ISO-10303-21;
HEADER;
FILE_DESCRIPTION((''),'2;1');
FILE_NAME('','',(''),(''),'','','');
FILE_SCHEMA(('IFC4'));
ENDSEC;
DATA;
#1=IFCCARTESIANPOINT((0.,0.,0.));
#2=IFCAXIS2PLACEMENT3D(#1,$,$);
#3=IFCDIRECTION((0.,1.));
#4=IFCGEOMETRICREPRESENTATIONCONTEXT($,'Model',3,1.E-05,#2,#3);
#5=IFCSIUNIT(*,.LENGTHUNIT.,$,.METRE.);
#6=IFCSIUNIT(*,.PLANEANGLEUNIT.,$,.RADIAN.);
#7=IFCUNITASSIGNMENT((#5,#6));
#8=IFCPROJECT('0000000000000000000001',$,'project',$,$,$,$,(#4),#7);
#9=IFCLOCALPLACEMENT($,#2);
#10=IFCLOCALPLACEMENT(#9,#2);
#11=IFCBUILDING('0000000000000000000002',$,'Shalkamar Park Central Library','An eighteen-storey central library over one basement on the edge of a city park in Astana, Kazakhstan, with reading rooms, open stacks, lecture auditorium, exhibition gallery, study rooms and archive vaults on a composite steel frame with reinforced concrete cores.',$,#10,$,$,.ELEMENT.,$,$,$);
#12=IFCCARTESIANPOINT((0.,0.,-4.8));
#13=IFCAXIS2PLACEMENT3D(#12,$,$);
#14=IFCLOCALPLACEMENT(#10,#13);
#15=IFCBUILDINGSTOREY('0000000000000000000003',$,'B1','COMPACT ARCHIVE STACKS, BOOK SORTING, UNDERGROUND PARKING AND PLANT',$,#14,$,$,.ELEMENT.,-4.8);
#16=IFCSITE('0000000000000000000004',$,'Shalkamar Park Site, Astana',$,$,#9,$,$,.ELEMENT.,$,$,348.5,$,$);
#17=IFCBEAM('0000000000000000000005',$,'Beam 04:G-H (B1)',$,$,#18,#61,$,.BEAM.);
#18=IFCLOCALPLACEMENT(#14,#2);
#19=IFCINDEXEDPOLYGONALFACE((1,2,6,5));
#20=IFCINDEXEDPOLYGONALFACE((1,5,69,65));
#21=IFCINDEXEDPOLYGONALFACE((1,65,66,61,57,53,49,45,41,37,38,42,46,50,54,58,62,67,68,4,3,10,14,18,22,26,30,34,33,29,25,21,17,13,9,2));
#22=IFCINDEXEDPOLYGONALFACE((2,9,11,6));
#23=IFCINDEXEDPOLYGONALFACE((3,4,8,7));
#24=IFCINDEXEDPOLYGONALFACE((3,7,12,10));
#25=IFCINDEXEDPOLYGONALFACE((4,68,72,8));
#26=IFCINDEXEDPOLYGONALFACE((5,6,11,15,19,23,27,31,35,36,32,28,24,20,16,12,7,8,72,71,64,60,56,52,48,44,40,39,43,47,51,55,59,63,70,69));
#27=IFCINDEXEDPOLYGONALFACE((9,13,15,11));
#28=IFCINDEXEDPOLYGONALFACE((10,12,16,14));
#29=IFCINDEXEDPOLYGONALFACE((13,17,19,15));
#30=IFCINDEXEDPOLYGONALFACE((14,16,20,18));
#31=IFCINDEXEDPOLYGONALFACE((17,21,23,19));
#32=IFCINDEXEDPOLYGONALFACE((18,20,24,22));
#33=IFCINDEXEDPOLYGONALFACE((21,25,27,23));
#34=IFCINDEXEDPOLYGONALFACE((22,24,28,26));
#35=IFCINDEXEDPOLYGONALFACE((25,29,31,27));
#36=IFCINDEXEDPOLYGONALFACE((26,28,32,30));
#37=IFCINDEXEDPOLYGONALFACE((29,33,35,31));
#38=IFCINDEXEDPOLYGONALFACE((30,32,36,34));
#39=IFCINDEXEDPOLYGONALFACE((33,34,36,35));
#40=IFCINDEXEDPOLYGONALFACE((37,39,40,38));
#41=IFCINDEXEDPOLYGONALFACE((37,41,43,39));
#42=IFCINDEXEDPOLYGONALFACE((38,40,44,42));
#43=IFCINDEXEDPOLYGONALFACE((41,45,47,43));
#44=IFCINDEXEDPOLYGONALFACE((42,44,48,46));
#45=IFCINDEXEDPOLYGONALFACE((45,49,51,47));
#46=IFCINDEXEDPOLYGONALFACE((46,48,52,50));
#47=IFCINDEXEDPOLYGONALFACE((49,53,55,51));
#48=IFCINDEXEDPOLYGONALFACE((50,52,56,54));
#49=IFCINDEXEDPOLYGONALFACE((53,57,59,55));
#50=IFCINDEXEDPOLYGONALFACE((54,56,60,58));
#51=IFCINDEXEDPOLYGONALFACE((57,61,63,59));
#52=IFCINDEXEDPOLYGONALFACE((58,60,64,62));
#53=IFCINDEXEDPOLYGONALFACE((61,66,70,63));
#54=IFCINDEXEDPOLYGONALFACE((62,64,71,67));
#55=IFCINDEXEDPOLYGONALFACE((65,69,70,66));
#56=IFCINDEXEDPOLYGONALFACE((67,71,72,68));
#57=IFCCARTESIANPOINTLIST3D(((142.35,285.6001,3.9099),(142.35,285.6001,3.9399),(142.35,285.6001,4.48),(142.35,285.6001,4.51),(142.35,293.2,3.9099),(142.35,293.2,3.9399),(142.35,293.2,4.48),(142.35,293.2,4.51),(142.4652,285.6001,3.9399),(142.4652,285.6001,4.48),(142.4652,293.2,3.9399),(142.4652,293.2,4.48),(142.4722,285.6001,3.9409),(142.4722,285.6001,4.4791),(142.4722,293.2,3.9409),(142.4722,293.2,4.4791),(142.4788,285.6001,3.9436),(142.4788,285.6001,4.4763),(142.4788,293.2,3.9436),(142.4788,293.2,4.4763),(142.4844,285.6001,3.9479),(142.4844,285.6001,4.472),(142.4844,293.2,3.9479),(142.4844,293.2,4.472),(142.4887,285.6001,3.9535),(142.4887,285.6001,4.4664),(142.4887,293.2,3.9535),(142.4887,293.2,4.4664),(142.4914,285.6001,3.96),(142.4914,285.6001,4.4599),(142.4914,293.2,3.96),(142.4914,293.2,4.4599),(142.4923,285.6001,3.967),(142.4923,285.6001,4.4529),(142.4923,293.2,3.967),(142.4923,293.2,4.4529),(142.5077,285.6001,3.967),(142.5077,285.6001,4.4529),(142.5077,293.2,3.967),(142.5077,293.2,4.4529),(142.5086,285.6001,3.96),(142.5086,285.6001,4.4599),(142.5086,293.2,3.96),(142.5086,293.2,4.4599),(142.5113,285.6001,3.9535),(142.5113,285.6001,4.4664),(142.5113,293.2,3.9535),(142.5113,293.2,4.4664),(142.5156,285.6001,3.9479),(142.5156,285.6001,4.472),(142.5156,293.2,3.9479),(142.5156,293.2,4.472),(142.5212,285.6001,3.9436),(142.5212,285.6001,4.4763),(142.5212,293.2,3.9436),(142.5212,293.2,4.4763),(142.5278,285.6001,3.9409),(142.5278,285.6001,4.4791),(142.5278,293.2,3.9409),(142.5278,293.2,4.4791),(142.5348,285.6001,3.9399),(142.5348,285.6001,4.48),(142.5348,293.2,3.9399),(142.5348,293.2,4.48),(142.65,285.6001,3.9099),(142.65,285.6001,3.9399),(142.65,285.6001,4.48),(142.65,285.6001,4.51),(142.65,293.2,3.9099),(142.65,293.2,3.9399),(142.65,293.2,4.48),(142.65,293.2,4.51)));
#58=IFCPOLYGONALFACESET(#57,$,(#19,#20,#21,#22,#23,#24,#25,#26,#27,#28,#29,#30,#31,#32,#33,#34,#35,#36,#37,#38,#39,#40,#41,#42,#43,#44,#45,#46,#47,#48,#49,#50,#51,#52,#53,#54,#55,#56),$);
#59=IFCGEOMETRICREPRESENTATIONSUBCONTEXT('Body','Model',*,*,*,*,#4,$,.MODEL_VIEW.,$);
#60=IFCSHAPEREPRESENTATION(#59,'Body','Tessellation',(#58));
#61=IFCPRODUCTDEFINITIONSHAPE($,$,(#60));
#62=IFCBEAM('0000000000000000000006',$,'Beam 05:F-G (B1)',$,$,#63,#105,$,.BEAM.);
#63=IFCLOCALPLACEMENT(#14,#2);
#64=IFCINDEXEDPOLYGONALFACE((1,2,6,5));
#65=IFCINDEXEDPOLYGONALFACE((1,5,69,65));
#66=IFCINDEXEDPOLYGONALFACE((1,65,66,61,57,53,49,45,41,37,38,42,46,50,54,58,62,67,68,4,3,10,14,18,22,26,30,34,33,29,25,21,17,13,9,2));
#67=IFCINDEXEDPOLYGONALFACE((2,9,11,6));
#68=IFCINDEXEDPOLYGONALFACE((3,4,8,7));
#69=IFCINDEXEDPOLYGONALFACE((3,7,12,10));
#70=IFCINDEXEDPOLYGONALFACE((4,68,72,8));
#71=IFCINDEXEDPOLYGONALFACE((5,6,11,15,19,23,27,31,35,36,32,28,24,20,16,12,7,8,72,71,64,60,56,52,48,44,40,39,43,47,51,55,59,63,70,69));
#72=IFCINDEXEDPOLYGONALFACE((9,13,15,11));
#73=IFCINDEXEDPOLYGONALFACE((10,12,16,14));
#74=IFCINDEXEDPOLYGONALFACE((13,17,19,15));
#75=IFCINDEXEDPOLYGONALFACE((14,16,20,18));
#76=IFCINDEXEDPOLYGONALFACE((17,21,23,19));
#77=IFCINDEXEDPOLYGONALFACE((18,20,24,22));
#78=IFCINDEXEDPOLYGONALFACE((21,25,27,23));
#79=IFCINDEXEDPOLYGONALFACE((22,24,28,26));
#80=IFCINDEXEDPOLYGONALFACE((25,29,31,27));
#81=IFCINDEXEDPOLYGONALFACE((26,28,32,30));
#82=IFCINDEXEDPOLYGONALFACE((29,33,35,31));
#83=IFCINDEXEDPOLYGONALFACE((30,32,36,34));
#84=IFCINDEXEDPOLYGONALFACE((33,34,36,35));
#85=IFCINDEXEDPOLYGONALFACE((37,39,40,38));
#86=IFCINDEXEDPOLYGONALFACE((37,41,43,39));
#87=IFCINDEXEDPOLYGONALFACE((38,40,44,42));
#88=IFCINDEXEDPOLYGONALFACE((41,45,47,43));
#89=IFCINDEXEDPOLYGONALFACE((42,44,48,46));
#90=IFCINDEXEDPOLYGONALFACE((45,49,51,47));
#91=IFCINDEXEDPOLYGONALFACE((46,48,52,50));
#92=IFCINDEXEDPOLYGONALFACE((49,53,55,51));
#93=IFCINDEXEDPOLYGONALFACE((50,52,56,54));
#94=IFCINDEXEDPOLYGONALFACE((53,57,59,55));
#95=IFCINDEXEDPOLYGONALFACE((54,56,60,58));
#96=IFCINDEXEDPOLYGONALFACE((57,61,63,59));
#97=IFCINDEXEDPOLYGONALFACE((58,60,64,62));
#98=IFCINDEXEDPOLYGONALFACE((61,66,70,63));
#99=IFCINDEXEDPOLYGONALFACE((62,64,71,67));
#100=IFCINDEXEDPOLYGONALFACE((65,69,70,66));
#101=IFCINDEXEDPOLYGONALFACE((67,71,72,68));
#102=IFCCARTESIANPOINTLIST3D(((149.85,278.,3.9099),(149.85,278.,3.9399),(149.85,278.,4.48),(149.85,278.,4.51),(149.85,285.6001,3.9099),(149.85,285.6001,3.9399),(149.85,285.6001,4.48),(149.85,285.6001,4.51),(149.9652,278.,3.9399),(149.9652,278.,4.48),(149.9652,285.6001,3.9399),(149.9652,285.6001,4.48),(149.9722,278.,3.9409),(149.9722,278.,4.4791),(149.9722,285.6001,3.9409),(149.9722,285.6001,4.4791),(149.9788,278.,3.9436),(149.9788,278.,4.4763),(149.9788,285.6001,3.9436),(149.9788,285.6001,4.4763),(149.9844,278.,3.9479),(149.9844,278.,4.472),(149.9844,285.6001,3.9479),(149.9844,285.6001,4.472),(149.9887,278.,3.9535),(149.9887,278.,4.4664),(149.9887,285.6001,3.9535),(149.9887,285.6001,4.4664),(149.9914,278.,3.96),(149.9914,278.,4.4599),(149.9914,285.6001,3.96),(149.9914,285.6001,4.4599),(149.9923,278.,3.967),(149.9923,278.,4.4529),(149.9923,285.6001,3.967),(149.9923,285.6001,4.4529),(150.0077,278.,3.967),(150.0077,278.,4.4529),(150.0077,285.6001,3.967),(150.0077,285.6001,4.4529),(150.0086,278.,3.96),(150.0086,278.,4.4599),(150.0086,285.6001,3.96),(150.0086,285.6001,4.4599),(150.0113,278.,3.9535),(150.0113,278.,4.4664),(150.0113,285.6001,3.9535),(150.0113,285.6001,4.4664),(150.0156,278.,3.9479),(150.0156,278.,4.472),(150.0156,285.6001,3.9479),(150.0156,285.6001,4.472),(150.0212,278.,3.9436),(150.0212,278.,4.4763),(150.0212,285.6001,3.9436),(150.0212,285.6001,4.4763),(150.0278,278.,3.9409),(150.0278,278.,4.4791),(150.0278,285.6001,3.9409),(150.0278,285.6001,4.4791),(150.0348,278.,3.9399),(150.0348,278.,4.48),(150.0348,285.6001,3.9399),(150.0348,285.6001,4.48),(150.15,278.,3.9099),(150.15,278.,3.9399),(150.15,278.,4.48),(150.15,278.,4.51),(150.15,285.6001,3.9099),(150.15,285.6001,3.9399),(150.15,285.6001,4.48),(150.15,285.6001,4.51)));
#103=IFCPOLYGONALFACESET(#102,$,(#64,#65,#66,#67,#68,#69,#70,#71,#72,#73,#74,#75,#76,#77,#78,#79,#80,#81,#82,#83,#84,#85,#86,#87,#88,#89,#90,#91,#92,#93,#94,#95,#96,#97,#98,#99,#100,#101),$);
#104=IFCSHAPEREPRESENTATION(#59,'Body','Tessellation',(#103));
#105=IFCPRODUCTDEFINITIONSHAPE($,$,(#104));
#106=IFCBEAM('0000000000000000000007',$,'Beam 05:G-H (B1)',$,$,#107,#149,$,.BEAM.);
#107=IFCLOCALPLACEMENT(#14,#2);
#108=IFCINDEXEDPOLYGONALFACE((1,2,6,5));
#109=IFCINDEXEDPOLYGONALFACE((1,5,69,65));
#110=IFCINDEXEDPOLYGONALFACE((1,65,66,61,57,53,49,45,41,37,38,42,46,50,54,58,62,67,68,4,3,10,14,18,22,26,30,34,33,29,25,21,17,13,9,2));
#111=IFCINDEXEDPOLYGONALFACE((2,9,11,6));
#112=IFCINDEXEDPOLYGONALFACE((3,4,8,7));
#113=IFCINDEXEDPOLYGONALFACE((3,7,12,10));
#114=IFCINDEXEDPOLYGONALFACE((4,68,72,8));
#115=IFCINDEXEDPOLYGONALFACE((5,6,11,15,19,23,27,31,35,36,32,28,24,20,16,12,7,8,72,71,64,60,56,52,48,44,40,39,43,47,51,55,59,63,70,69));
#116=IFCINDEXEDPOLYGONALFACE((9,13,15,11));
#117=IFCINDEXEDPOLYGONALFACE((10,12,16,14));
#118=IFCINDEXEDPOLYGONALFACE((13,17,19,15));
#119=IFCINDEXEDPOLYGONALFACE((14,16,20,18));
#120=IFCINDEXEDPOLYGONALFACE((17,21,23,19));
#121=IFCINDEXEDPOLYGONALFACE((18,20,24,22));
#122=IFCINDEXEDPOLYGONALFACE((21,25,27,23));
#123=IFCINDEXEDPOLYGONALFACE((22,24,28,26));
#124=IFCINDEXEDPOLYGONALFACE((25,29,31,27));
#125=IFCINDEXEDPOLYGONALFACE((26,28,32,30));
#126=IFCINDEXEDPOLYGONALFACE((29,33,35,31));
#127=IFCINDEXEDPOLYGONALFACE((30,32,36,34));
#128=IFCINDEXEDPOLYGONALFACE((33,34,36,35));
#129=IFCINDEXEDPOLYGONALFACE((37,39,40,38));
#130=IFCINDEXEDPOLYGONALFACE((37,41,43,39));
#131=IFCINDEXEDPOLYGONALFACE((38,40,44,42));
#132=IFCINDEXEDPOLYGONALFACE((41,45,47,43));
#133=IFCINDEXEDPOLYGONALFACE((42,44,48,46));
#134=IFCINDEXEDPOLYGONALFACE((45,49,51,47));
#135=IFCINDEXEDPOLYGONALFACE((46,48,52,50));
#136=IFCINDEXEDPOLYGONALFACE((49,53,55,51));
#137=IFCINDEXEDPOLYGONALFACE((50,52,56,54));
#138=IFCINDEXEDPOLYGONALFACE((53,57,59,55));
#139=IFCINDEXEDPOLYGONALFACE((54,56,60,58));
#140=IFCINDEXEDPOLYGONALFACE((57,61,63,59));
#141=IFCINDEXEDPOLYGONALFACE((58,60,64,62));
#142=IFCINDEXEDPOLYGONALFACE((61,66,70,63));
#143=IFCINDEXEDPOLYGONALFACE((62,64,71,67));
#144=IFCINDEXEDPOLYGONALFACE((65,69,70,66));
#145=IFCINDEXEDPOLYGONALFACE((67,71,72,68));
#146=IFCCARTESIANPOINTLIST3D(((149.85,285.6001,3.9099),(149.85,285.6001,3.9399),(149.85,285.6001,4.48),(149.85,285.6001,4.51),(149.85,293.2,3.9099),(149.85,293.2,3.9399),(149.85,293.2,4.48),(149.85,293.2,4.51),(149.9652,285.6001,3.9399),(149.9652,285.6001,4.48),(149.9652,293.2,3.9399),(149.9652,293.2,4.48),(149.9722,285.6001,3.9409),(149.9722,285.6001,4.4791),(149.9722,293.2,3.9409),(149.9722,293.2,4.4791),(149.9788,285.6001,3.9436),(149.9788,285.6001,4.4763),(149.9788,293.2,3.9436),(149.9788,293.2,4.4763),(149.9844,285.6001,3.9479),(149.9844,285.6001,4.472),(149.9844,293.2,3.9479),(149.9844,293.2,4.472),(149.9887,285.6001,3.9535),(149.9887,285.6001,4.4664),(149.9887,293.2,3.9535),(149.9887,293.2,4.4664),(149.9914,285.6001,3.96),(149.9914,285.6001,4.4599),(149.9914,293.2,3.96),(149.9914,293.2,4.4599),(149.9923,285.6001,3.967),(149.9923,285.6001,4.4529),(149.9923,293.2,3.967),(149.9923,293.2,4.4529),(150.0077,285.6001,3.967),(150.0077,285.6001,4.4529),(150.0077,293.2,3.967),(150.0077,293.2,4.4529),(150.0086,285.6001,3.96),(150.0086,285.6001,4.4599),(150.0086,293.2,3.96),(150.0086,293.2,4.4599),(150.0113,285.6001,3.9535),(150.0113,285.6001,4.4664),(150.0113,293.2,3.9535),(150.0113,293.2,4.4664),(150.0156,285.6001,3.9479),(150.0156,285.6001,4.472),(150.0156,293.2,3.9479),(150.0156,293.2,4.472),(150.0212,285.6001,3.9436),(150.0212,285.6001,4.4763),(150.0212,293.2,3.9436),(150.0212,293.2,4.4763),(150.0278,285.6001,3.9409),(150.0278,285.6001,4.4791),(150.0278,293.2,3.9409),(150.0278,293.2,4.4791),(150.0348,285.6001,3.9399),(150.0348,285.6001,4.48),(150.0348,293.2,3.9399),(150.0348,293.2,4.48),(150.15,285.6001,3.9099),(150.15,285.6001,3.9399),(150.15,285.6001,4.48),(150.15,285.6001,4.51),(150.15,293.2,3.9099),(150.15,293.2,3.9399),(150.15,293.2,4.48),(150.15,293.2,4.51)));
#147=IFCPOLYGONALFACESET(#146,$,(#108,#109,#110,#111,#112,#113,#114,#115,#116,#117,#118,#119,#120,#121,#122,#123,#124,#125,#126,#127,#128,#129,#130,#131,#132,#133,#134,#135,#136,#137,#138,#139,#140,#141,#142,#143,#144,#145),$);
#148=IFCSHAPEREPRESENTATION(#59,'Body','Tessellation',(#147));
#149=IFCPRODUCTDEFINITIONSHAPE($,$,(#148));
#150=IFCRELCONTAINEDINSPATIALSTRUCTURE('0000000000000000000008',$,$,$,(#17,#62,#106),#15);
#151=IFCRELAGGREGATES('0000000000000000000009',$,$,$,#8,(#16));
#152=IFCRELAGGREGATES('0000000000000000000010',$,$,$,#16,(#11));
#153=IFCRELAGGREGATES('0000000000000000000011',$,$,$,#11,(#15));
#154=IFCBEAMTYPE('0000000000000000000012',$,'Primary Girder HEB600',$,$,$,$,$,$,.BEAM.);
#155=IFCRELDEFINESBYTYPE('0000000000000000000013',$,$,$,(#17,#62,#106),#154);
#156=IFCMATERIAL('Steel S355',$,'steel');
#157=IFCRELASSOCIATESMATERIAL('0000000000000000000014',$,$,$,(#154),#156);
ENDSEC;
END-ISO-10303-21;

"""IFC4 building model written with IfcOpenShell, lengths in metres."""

from ifc_helpers import new_model, si_unit, direction, frame, origin, origin_2d, place, context, subcontext, project, spatial, i_section, extrude, material, material_profile, profile_set, type_object, element, save


model = new_model("IFC4")

# Units and contexts
model_context = context("Model", 3, precision=1e-05, world=origin(), true_north=direction((0.0, 1.0)))
body_context = subcontext(model_context, "Body", "Model", "MODEL_VIEW")
ifc_project = project(units=[si_unit("LENGTHUNIT", "METRE"), si_unit("PLANEANGLEUNIT", "RADIAN")], contexts=[model_context])

# Site, building, storey
site_placement = place(None, origin())
site = spatial("IfcSite", under=ifc_project, at=site_placement, Name="Shalkamar Park Site, Astana", CompositionType="ELEMENT", RefElevation=348.5)
building_placement = place(site_placement, origin())
building = spatial("IfcBuilding", under=site, at=building_placement, Name="Shalkamar Park Central Library", Description="An eighteen-storey central library over one basement on the edge of a city park in Astana, Kazakhstan, with reading rooms, open stacks, lecture auditorium, exhibition gallery, study rooms and archive vaults on a composite steel frame with reinforced concrete cores.", CompositionType="ELEMENT")
storey_placement = place(building_placement, frame((0.0, 0.0, -4.8)))
storey = spatial("IfcBuildingStorey", under=building, at=storey_placement, Name="B1", Description="COMPACT ARCHIVE STACKS, BOOK SORTING, UNDERGROUND PARKING AND PLANT", CompositionType="ELEMENT", Elevation=-4.8)

# Shared definitions
ifc_material_1 = material(Name="Steel S355", Category="steel")

# Beams
ifc_material_profile_1 = material_profile(ifc_material_1, i_section(OverallWidth=0.3, OverallDepth=0.6001, WebThickness=0.0154, FlangeThickness=0.03, FilletRadius=0.0271, at=origin_2d()), Name="HEB 600")
ifc_profile_set_1 = profile_set([ifc_material_profile_1], Name="Steel S355")
beam_type = type_object("IfcBeamType", Name="Primary Girder HEB600", PredefinedType="BEAM", material=ifc_profile_set_1)
beam_1_placement = place(storey_placement, frame((142.5, 285.6001, 4.21), z_axis=(0.0, 1.0, 0.0), x_axis=(-1.0, 0.0, 0.0)))
element("IfcBeam", 1, at=beam_1_placement, inside=storey, type_object=beam_type, Name="Beam 04:G-H (B1)", PredefinedType="BEAM", context=body_context, shape_type="SweptSolid", body=[
    extrude(i_section(OverallWidth=0.3, OverallDepth=0.6001, WebThickness=0.0154, FlangeThickness=0.03, FilletRadius=0.0271, at=origin_2d()), origin(), (0.0, 0.0, 1.0), 7.5999),
])
beam_2_placement = place(storey_placement, frame((150.0, 278.0, 4.21), z_axis=(0.0, 1.0, 0.0), x_axis=(-1.0, 0.0, 0.0)))
element("IfcBeam", 2, at=beam_2_placement, inside=storey, type_object=beam_type, Name="Beam 05:F-G (B1)", PredefinedType="BEAM", context=body_context, shape_type="SweptSolid", body=[
    extrude(i_section(OverallWidth=0.3, OverallDepth=0.6001, WebThickness=0.0154, FlangeThickness=0.03, FilletRadius=0.0271, at=origin_2d()), origin(), (0.0, 0.0, 1.0), 7.6001),
])
beam_3_placement = place(storey_placement, frame((150.0, 285.6001, 4.21), z_axis=(0.0, 1.0, 0.0), x_axis=(-1.0, 0.0, 0.0)))
element("IfcBeam", 3, at=beam_3_placement, inside=storey, type_object=beam_type, Name="Beam 05:G-H (B1)", PredefinedType="BEAM", context=body_context, shape_type="SweptSolid", body=[
    extrude(i_section(OverallWidth=0.3, OverallDepth=0.6001, WebThickness=0.0154, FlangeThickness=0.03, FilletRadius=0.0271, at=origin_2d()), origin(), (0.0, 0.0, 1.0), 7.5999),
])

save(model, "model.ifc")
